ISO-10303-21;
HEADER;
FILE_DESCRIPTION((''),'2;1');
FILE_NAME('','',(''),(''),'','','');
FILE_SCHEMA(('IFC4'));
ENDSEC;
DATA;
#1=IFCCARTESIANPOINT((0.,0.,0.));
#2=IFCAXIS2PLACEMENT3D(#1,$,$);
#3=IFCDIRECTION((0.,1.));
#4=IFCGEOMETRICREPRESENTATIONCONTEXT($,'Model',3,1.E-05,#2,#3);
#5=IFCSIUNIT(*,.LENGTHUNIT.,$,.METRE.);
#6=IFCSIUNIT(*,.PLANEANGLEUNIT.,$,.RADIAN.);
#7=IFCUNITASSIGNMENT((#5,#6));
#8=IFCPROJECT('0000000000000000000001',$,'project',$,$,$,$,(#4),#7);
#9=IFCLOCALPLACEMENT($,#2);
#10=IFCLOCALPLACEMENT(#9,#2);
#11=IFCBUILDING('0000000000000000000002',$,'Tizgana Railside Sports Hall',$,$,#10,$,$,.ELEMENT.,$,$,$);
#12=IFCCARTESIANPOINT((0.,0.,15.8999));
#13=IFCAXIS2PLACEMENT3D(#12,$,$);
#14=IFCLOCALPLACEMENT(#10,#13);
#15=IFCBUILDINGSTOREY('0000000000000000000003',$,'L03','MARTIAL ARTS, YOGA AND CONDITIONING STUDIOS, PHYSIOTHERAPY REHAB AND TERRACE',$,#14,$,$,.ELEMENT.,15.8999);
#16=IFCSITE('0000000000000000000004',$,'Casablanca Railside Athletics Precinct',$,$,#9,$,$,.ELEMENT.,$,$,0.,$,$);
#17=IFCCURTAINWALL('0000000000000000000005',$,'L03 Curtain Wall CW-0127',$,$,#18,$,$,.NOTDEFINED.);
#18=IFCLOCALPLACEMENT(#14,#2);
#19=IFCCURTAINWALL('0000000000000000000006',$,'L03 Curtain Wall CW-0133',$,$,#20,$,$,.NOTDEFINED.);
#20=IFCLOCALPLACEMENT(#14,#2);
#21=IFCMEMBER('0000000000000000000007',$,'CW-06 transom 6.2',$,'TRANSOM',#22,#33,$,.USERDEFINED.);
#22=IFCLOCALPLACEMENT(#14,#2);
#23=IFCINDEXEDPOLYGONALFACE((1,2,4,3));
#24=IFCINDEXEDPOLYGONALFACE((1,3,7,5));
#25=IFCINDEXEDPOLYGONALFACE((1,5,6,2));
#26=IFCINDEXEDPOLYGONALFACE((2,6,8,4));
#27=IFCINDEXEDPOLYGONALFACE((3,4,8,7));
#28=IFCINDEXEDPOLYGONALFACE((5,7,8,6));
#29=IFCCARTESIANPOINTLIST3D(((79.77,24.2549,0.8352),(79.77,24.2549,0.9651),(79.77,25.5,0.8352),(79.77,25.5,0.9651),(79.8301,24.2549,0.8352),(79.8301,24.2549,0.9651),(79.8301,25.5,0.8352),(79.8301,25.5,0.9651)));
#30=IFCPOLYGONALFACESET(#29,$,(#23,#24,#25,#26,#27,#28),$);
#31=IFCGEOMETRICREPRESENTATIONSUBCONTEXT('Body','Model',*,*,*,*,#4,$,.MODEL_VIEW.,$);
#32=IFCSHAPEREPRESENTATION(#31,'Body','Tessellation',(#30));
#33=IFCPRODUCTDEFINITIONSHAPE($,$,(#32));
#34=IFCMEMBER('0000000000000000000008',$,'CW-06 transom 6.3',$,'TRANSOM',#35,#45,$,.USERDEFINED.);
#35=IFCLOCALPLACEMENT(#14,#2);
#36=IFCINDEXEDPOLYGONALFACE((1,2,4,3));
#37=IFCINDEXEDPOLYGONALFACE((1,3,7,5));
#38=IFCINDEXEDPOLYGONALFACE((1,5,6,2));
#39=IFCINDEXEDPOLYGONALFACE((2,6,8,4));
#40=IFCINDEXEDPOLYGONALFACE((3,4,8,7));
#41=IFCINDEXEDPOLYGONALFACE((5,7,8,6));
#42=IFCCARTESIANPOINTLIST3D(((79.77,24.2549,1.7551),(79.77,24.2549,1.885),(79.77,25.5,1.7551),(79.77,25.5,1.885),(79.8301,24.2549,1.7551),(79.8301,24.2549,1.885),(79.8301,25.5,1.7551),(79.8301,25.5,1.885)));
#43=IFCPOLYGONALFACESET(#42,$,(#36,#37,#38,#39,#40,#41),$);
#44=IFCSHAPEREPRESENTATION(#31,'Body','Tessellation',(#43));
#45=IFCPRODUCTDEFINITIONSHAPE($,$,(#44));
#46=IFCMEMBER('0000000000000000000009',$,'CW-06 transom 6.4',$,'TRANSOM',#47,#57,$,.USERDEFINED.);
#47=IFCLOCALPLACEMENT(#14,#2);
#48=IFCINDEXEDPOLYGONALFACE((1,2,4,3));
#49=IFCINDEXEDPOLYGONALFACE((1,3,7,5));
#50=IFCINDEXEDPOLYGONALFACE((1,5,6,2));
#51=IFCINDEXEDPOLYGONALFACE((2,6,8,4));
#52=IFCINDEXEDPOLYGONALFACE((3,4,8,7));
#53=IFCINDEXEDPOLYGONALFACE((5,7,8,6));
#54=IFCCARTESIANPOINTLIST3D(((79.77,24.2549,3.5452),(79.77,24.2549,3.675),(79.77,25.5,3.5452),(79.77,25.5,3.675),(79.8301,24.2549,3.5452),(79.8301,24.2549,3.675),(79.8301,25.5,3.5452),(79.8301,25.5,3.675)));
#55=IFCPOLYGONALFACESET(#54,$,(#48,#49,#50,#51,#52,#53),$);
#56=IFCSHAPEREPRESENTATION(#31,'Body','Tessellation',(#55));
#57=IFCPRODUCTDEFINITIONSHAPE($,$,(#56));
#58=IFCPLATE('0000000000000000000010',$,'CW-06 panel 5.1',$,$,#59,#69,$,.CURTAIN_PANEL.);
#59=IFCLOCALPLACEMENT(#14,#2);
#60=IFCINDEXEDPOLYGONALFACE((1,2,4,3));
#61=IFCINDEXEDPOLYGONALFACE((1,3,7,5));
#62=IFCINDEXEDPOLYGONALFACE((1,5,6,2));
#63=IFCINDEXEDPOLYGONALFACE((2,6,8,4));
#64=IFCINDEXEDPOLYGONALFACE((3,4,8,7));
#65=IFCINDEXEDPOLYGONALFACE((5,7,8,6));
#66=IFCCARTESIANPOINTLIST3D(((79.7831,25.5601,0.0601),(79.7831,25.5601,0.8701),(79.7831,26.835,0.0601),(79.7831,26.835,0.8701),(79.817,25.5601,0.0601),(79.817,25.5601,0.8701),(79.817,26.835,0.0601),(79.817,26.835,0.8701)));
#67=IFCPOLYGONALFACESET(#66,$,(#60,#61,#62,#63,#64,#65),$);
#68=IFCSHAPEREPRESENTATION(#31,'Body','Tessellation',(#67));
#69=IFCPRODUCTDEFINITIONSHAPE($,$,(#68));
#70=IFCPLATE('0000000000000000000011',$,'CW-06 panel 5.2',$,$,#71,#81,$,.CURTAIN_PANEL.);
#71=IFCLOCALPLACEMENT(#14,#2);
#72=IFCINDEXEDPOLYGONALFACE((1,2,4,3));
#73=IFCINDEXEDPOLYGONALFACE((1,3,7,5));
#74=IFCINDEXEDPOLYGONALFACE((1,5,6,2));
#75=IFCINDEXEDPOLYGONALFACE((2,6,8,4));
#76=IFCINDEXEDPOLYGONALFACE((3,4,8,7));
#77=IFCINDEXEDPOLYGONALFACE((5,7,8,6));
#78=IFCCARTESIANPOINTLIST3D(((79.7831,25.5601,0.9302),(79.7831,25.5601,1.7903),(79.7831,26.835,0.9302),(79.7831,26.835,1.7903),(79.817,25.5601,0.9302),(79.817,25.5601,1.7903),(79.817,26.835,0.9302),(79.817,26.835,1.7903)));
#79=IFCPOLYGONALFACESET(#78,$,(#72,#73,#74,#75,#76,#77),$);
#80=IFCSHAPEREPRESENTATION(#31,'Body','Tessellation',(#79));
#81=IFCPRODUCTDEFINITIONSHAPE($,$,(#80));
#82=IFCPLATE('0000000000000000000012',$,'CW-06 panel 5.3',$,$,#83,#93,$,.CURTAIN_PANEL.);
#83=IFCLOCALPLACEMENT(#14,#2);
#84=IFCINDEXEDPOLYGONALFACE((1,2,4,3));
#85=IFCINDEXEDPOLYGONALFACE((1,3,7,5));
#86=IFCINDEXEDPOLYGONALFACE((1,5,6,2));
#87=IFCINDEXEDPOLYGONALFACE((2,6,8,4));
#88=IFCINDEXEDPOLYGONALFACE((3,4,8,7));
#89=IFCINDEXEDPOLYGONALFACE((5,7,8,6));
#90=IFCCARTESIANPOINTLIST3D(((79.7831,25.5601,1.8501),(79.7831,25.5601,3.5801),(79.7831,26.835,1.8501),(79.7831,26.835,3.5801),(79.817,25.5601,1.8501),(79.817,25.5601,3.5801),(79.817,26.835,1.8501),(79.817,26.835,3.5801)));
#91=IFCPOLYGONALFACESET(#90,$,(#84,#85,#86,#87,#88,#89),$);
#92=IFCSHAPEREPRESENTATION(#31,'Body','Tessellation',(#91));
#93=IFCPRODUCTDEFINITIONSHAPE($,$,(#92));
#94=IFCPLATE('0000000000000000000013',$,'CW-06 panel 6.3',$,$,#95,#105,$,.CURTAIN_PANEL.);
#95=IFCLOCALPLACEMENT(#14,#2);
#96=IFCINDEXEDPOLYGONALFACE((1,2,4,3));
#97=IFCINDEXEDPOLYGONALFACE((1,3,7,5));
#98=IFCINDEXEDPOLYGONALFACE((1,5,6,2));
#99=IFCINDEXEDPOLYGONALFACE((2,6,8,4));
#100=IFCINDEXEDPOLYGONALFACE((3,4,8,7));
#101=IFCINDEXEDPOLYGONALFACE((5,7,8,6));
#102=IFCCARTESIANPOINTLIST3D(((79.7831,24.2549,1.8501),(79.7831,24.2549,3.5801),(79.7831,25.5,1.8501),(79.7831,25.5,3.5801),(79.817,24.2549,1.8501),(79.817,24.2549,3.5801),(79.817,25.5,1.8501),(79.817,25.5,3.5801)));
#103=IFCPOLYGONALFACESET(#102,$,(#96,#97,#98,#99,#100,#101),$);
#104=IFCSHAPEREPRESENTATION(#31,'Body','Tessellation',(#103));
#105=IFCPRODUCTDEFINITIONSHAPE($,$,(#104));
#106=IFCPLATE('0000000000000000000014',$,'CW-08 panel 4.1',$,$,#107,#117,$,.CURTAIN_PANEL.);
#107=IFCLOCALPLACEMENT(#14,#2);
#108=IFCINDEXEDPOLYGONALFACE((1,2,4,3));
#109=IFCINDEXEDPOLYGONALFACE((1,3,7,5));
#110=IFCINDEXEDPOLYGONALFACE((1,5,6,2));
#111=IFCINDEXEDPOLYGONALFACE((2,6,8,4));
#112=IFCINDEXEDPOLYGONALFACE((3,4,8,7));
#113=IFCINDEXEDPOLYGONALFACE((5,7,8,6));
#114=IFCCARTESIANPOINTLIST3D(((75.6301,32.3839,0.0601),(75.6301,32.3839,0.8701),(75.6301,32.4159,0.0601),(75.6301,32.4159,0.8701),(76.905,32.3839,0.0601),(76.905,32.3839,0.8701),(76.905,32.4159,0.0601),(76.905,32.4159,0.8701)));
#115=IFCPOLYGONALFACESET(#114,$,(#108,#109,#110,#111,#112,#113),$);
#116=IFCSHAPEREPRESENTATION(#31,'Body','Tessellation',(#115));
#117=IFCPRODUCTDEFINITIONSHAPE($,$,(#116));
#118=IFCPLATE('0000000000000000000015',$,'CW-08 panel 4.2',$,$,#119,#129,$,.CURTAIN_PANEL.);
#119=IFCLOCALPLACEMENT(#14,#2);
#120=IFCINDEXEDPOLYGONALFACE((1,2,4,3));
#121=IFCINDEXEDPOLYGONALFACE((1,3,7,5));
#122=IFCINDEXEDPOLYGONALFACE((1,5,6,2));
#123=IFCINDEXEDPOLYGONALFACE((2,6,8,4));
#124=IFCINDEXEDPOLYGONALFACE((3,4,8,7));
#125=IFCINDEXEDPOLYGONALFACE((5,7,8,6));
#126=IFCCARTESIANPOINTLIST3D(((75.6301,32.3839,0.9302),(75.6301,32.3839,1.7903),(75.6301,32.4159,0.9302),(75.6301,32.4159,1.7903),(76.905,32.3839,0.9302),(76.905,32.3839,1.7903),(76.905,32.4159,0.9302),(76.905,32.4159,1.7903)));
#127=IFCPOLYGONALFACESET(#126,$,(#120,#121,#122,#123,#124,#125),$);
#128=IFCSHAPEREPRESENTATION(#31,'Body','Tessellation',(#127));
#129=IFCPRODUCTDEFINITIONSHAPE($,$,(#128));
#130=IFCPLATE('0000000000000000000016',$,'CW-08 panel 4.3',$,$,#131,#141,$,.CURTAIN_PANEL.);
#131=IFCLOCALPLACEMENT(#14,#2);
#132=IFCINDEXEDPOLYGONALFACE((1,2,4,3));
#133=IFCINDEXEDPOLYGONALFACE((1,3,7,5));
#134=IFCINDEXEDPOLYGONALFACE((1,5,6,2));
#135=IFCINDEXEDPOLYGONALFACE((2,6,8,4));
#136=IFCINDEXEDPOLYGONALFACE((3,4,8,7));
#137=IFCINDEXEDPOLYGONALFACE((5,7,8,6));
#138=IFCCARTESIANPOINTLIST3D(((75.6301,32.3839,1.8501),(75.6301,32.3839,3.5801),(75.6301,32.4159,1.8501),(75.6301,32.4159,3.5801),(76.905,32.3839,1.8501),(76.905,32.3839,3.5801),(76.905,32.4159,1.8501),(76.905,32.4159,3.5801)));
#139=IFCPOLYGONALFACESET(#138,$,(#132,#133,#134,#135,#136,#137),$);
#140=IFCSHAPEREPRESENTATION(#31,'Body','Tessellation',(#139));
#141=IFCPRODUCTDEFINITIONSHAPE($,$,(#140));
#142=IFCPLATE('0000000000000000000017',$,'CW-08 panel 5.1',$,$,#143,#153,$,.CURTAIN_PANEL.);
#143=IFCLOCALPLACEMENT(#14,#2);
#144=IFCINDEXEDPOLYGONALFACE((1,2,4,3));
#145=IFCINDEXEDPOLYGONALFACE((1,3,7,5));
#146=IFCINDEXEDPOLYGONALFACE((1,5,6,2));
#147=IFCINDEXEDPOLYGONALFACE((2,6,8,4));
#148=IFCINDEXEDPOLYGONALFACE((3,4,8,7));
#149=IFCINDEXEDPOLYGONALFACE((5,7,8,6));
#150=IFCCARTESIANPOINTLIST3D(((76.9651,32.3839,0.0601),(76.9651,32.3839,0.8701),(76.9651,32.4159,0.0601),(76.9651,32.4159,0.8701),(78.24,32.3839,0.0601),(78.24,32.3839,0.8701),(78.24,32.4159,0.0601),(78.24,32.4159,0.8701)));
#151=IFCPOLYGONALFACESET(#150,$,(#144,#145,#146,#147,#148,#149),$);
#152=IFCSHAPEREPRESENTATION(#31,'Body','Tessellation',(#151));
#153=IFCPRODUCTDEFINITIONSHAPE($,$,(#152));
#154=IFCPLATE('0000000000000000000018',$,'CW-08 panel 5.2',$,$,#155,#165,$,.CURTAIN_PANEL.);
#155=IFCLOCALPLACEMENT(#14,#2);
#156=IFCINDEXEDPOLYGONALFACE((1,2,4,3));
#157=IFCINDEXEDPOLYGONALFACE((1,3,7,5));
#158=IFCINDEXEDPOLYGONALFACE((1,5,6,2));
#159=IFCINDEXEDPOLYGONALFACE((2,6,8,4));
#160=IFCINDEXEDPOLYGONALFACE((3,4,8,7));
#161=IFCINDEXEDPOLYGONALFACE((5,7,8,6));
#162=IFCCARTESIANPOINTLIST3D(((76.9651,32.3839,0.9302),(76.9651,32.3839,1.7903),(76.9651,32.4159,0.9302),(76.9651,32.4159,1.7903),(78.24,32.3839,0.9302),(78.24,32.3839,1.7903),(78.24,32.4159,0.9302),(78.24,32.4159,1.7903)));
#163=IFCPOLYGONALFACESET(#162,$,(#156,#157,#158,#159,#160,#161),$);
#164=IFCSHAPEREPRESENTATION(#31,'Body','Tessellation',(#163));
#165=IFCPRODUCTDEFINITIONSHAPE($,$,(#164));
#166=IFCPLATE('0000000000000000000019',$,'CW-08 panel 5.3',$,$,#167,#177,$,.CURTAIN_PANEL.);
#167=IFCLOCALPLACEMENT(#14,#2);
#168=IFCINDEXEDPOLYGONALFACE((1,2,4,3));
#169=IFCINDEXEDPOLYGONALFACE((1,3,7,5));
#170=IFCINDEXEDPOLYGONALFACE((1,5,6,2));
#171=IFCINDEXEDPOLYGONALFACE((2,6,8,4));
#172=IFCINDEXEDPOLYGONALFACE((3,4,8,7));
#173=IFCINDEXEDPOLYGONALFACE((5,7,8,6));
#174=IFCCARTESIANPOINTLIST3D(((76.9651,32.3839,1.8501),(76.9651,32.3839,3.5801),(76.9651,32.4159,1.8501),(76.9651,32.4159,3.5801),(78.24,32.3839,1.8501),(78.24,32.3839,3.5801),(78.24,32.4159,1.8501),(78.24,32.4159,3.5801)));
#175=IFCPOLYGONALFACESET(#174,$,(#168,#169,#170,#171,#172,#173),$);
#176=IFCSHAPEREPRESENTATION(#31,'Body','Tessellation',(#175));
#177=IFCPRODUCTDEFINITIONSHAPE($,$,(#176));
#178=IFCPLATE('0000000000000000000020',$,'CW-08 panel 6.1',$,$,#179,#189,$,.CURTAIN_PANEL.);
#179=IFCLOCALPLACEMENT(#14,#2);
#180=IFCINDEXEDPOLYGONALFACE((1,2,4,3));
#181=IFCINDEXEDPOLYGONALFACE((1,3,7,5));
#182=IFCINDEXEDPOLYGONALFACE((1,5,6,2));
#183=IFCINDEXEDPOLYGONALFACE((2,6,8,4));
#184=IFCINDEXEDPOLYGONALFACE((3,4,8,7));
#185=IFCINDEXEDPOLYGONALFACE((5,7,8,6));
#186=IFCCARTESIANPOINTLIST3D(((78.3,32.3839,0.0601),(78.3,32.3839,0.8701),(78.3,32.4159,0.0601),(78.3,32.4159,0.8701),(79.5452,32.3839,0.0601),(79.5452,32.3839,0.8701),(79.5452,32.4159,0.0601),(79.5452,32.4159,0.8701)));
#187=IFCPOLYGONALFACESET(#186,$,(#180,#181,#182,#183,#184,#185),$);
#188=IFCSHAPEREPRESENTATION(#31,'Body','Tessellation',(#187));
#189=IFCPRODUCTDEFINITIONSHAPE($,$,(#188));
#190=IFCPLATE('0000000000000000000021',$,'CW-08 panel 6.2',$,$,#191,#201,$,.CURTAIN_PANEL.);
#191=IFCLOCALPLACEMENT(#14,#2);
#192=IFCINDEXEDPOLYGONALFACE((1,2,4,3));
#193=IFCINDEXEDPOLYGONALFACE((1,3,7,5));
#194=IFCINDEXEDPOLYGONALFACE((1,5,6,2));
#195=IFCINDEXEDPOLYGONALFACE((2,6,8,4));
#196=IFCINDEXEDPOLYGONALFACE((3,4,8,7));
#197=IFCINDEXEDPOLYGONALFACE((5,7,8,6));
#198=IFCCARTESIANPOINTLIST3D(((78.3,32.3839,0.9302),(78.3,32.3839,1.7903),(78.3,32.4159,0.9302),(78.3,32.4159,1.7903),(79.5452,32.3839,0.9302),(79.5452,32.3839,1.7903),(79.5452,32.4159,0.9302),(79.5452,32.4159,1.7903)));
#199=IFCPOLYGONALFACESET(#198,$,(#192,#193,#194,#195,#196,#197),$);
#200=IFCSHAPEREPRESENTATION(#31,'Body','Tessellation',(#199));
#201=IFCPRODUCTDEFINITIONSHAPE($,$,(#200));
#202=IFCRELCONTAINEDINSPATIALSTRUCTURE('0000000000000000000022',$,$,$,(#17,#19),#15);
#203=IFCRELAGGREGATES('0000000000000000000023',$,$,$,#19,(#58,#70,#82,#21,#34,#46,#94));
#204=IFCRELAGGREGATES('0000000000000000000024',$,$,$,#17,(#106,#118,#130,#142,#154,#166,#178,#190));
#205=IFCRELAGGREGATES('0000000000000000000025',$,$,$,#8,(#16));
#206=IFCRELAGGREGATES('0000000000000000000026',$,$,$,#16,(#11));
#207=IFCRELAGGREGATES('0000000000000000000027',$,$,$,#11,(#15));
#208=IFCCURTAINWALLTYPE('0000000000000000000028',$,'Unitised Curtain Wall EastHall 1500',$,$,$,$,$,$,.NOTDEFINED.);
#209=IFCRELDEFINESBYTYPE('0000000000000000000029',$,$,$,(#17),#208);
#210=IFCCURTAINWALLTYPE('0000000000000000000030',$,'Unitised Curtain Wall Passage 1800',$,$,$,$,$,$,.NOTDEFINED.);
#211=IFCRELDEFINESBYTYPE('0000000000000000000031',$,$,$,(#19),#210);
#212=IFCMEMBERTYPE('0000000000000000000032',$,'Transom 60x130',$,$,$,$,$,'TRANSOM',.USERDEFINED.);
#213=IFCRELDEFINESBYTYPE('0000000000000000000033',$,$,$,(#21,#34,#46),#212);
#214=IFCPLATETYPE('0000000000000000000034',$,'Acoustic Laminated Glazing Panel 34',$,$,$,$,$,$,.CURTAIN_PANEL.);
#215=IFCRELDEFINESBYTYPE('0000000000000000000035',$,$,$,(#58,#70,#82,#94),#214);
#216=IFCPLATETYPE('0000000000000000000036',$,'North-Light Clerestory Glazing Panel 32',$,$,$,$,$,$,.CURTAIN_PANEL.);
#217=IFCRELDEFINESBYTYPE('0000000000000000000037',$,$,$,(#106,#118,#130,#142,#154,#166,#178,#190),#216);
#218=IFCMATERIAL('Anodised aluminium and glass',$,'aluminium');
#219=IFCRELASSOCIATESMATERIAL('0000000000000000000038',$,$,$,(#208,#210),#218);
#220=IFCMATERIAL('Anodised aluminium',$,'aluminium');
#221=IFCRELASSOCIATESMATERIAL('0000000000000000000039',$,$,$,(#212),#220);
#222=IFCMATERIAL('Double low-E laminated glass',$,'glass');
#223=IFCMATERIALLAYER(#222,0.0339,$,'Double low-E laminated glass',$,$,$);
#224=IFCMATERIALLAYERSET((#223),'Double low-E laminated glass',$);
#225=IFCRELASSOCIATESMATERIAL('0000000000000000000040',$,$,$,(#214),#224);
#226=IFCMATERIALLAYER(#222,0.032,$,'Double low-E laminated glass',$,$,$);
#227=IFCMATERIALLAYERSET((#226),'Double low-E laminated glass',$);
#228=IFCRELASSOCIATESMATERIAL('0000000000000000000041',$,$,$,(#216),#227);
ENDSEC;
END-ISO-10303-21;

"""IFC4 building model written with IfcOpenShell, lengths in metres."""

from ifc_helpers import new_model, si_unit, direction, frame, origin, origin_2d, place, context, subcontext, project, spatial, rectangle, extrude, material, layer, layer_set, material_profile, profile_set, type_object, element, aggregate, save


model = new_model("IFC4")

# Units and contexts
model_context = context("Model", 3, precision=1e-05, world=origin(), true_north=direction((0.0, 1.0)))
body_context = subcontext(model_context, "Body", "Model", "MODEL_VIEW")
ifc_project = project(units=[si_unit("LENGTHUNIT", "METRE"), si_unit("PLANEANGLEUNIT", "RADIAN")], contexts=[model_context])

# Site, building, storey
site_placement = place(None, origin())
site = spatial("IfcSite", under=ifc_project, at=site_placement, Name="Casablanca Railside Athletics Precinct", CompositionType="ELEMENT", RefElevation=0.0)
building_placement = place(site_placement, origin())
building = spatial("IfcBuilding", under=site, at=building_placement, Name="Tizgana Railside Sports Hall", CompositionType="ELEMENT")
storey_placement = place(building_placement, frame((0.0, 0.0, 15.8999)))
storey = spatial("IfcBuildingStorey", under=building, at=storey_placement, Name="L03", Description="MARTIAL ARTS, YOGA AND CONDITIONING STUDIOS, PHYSIOTHERAPY REHAB AND TERRACE", CompositionType="ELEMENT", Elevation=15.8999)

# Curtain wall
ifc_material_1 = material(Name="Anodised aluminium and glass", Category="aluminium")
curtain_wall_type_1 = type_object("IfcCurtainWallType", Name="Unitised Curtain Wall EastHall 1500", PredefinedType="NOTDEFINED", material=ifc_material_1)
curtain_wall_1_placement = place(storey_placement, origin())
curtain_wall_1 = element("IfcCurtainWall", 1, at=curtain_wall_1_placement, inside=storey, type_object=curtain_wall_type_1, Name="L03 Curtain Wall CW-0127", PredefinedType="NOTDEFINED")
ifc_material_2 = material(Name="Anodised aluminium", Category="aluminium")

# Curtain wall
curtain_wall_type_2 = type_object("IfcCurtainWallType", Name="Unitised Curtain Wall Passage 1800", PredefinedType="NOTDEFINED", material=ifc_material_1)
curtain_wall_2_placement = place(storey_placement, origin())
curtain_wall_2 = element("IfcCurtainWall", 2, at=curtain_wall_2_placement, inside=storey, type_object=curtain_wall_type_2, Name="L03 Curtain Wall CW-0133", PredefinedType="NOTDEFINED")

# Members
ifc_material_profile_1 = material_profile(ifc_material_2, rectangle(XDim=0.0601, YDim=0.1299, at=origin_2d()), Name="Transom 60x130")
ifc_profile_set_1 = profile_set([ifc_material_profile_1], Name="Anodised aluminium")
member_type_1 = type_object("IfcMemberType", Name="Transom 60x130", ElementType="TRANSOM", PredefinedType="USERDEFINED", material=ifc_profile_set_1)
member_1_placement = place(storey_placement, frame((79.8, 25.5, 0.9001), z_axis=(0.0, -1.0, 0.0), x_axis=(1.0, 0.0, 0.0)))
member_1 = element("IfcMember", 3, at=member_1_placement, type_object=member_type_1, Name="CW-06 transom 6.2", ObjectType="TRANSOM", PredefinedType="USERDEFINED", context=body_context, shape_type="SweptSolid", body=[
    extrude(rectangle(XDim=0.0601, YDim=0.1299, at=origin_2d()), origin(), (0.0, 0.0, 1.0), 1.2451),
])
member_2_placement = place(storey_placement, frame((79.8, 25.5, 1.8201), z_axis=(0.0, -1.0, 0.0), x_axis=(1.0, 0.0, 0.0)))
member_2 = element("IfcMember", 4, at=member_2_placement, type_object=member_type_1, Name="CW-06 transom 6.3", ObjectType="TRANSOM", PredefinedType="USERDEFINED", context=body_context, shape_type="SweptSolid", body=[
    extrude(rectangle(XDim=0.0601, YDim=0.1299, at=origin_2d()), origin(), (0.0, 0.0, 1.0), 1.2451),
])
member_3_placement = place(storey_placement, frame((79.8, 25.5, 3.6101), z_axis=(0.0, -1.0, 0.0), x_axis=(1.0, 0.0, 0.0)))
member_3 = element("IfcMember", 5, at=member_3_placement, type_object=member_type_1, Name="CW-06 transom 6.4", ObjectType="TRANSOM", PredefinedType="USERDEFINED", context=body_context, shape_type="SweptSolid", body=[
    extrude(rectangle(XDim=0.0601, YDim=0.1299, at=origin_2d()), origin(), (0.0, 0.0, 1.0), 1.2451),
])

# Plates
ifc_material_3 = material(Name="Double low-E laminated glass", Category="glass")
ifc_layer_1 = layer(ifc_material_3, 0.0339, Name="Double low-E laminated glass")
ifc_layer_set_1 = layer_set([ifc_layer_1], Name="Double low-E laminated glass")
plate_type_1 = type_object("IfcPlateType", Name="Acoustic Laminated Glazing Panel 34", PredefinedType="CURTAIN_PANEL", material=ifc_layer_set_1)
plate_1_placement = place(storey_placement, frame((79.8, 26.1975, 0.0601), z_axis=(0.0, 0.0, 1.0), x_axis=(0.0, -1.0, 0.0)))
plate_1 = element("IfcPlate", 6, at=plate_1_placement, type_object=plate_type_1, Name="CW-06 panel 5.1", PredefinedType="CURTAIN_PANEL", context=body_context, shape_type="SweptSolid", body=[
    extrude(rectangle(XDim=1.2749, YDim=0.0339, at=origin_2d()), origin(), (0.0, 0.0, 1.0), 0.8101),
])
plate_2_placement = place(storey_placement, frame((79.8, 26.1975, 0.9302), z_axis=(0.0, 0.0, 1.0), x_axis=(0.0, -1.0, 0.0)))
plate_2 = element("IfcPlate", 7, at=plate_2_placement, type_object=plate_type_1, Name="CW-06 panel 5.2", PredefinedType="CURTAIN_PANEL", context=body_context, shape_type="SweptSolid", body=[
    extrude(rectangle(XDim=1.2749, YDim=0.0339, at=origin_2d()), origin(), (0.0, 0.0, 1.0), 0.8601),
])
plate_3_placement = place(storey_placement, frame((79.8, 26.1975, 1.8501), z_axis=(0.0, 0.0, 1.0), x_axis=(0.0, -1.0, 0.0)))
plate_3 = element("IfcPlate", 8, at=plate_3_placement, type_object=plate_type_1, Name="CW-06 panel 5.3", PredefinedType="CURTAIN_PANEL", context=body_context, shape_type="SweptSolid", body=[
    extrude(rectangle(XDim=1.2749, YDim=0.0339, at=origin_2d()), origin(), (0.0, 0.0, 1.0), 1.73),
])
plate_4_placement = place(storey_placement, frame((79.8, 24.8774, 1.8501), z_axis=(0.0, 0.0, 1.0), x_axis=(0.0, -1.0, 0.0)))
plate_4 = element("IfcPlate", 9, at=plate_4_placement, type_object=plate_type_1, Name="CW-06 panel 6.3", PredefinedType="CURTAIN_PANEL", context=body_context, shape_type="SweptSolid", body=[
    extrude(rectangle(XDim=1.2451, YDim=0.0339, at=origin_2d()), origin(), (0.0, 0.0, 1.0), 1.73),
])
aggregate(curtain_wall_2, [plate_1, plate_2, plate_3, member_1, member_2, member_3, plate_4])
ifc_layer_2 = layer(ifc_material_3, 0.032, Name="Double low-E laminated glass")
ifc_layer_set_2 = layer_set([ifc_layer_2], Name="Double low-E laminated glass")
plate_type_2 = type_object("IfcPlateType", Name="North-Light Clerestory Glazing Panel 32", PredefinedType="CURTAIN_PANEL", material=ifc_layer_set_2)
plate_5_placement = place(storey_placement, frame((76.2676, 32.3999, 0.0601), z_axis=(0.0, 0.0, 1.0), x_axis=(1.0, 0.0, 0.0)))
plate_5 = element("IfcPlate", 10, at=plate_5_placement, type_object=plate_type_2, Name="CW-08 panel 4.1", PredefinedType="CURTAIN_PANEL", context=body_context, shape_type="SweptSolid", body=[
    extrude(rectangle(XDim=1.2749, YDim=0.032, at=origin_2d()), origin(), (0.0, 0.0, 1.0), 0.8101),
])
plate_6_placement = place(storey_placement, frame((76.2676, 32.3999, 0.9302), z_axis=(0.0, 0.0, 1.0), x_axis=(1.0, 0.0, 0.0)))
plate_6 = element("IfcPlate", 11, at=plate_6_placement, type_object=plate_type_2, Name="CW-08 panel 4.2", PredefinedType="CURTAIN_PANEL", context=body_context, shape_type="SweptSolid", body=[
    extrude(rectangle(XDim=1.2749, YDim=0.032, at=origin_2d()), origin(), (0.0, 0.0, 1.0), 0.8601),
])
plate_7_placement = place(storey_placement, frame((76.2676, 32.3999, 1.8501), z_axis=(0.0, 0.0, 1.0), x_axis=(1.0, 0.0, 0.0)))
plate_7 = element("IfcPlate", 12, at=plate_7_placement, type_object=plate_type_2, Name="CW-08 panel 4.3", PredefinedType="CURTAIN_PANEL", context=body_context, shape_type="SweptSolid", body=[
    extrude(rectangle(XDim=1.2749, YDim=0.032, at=origin_2d()), origin(), (0.0, 0.0, 1.0), 1.73),
])
plate_8_placement = place(storey_placement, frame((77.6025, 32.3999, 0.0601), z_axis=(0.0, 0.0, 1.0), x_axis=(1.0, 0.0, 0.0)))
plate_8 = element("IfcPlate", 13, at=plate_8_placement, type_object=plate_type_2, Name="CW-08 panel 5.1", PredefinedType="CURTAIN_PANEL", context=body_context, shape_type="SweptSolid", body=[
    extrude(rectangle(XDim=1.2749, YDim=0.032, at=origin_2d()), origin(), (0.0, 0.0, 1.0), 0.8101),
])
plate_9_placement = place(storey_placement, frame((77.6025, 32.3999, 0.9302), z_axis=(0.0, 0.0, 1.0), x_axis=(1.0, 0.0, 0.0)))
plate_9 = element("IfcPlate", 14, at=plate_9_placement, type_object=plate_type_2, Name="CW-08 panel 5.2", PredefinedType="CURTAIN_PANEL", context=body_context, shape_type="SweptSolid", body=[
    extrude(rectangle(XDim=1.2749, YDim=0.032, at=origin_2d()), origin(), (0.0, 0.0, 1.0), 0.8601),
])
plate_10_placement = place(storey_placement, frame((77.6025, 32.3999, 1.8501), z_axis=(0.0, 0.0, 1.0), x_axis=(1.0, 0.0, 0.0)))
plate_10 = element("IfcPlate", 15, at=plate_10_placement, type_object=plate_type_2, Name="CW-08 panel 5.3", PredefinedType="CURTAIN_PANEL", context=body_context, shape_type="SweptSolid", body=[
    extrude(rectangle(XDim=1.2749, YDim=0.032, at=origin_2d()), origin(), (0.0, 0.0, 1.0), 1.73),
])
plate_11_placement = place(storey_placement, frame((78.9226, 32.3999, 0.0601), z_axis=(0.0, 0.0, 1.0), x_axis=(1.0, 0.0, 0.0)))
plate_11 = element("IfcPlate", 16, at=plate_11_placement, type_object=plate_type_2, Name="CW-08 panel 6.1", PredefinedType="CURTAIN_PANEL", context=body_context, shape_type="SweptSolid", body=[
    extrude(rectangle(XDim=1.2451, YDim=0.032, at=origin_2d()), origin(), (0.0, 0.0, 1.0), 0.8101),
])
plate_12_placement = place(storey_placement, frame((78.9226, 32.3999, 0.9302), z_axis=(0.0, 0.0, 1.0), x_axis=(1.0, 0.0, 0.0)))
plate_12 = element("IfcPlate", 17, at=plate_12_placement, type_object=plate_type_2, Name="CW-08 panel 6.2", PredefinedType="CURTAIN_PANEL", context=body_context, shape_type="SweptSolid", body=[
    extrude(rectangle(XDim=1.2451, YDim=0.032, at=origin_2d()), origin(), (0.0, 0.0, 1.0), 0.8601),
])
aggregate(curtain_wall_1, [plate_5, plate_6, plate_7, plate_8, plate_9, plate_10, plate_11, plate_12])

save(model, "model.ifc")
